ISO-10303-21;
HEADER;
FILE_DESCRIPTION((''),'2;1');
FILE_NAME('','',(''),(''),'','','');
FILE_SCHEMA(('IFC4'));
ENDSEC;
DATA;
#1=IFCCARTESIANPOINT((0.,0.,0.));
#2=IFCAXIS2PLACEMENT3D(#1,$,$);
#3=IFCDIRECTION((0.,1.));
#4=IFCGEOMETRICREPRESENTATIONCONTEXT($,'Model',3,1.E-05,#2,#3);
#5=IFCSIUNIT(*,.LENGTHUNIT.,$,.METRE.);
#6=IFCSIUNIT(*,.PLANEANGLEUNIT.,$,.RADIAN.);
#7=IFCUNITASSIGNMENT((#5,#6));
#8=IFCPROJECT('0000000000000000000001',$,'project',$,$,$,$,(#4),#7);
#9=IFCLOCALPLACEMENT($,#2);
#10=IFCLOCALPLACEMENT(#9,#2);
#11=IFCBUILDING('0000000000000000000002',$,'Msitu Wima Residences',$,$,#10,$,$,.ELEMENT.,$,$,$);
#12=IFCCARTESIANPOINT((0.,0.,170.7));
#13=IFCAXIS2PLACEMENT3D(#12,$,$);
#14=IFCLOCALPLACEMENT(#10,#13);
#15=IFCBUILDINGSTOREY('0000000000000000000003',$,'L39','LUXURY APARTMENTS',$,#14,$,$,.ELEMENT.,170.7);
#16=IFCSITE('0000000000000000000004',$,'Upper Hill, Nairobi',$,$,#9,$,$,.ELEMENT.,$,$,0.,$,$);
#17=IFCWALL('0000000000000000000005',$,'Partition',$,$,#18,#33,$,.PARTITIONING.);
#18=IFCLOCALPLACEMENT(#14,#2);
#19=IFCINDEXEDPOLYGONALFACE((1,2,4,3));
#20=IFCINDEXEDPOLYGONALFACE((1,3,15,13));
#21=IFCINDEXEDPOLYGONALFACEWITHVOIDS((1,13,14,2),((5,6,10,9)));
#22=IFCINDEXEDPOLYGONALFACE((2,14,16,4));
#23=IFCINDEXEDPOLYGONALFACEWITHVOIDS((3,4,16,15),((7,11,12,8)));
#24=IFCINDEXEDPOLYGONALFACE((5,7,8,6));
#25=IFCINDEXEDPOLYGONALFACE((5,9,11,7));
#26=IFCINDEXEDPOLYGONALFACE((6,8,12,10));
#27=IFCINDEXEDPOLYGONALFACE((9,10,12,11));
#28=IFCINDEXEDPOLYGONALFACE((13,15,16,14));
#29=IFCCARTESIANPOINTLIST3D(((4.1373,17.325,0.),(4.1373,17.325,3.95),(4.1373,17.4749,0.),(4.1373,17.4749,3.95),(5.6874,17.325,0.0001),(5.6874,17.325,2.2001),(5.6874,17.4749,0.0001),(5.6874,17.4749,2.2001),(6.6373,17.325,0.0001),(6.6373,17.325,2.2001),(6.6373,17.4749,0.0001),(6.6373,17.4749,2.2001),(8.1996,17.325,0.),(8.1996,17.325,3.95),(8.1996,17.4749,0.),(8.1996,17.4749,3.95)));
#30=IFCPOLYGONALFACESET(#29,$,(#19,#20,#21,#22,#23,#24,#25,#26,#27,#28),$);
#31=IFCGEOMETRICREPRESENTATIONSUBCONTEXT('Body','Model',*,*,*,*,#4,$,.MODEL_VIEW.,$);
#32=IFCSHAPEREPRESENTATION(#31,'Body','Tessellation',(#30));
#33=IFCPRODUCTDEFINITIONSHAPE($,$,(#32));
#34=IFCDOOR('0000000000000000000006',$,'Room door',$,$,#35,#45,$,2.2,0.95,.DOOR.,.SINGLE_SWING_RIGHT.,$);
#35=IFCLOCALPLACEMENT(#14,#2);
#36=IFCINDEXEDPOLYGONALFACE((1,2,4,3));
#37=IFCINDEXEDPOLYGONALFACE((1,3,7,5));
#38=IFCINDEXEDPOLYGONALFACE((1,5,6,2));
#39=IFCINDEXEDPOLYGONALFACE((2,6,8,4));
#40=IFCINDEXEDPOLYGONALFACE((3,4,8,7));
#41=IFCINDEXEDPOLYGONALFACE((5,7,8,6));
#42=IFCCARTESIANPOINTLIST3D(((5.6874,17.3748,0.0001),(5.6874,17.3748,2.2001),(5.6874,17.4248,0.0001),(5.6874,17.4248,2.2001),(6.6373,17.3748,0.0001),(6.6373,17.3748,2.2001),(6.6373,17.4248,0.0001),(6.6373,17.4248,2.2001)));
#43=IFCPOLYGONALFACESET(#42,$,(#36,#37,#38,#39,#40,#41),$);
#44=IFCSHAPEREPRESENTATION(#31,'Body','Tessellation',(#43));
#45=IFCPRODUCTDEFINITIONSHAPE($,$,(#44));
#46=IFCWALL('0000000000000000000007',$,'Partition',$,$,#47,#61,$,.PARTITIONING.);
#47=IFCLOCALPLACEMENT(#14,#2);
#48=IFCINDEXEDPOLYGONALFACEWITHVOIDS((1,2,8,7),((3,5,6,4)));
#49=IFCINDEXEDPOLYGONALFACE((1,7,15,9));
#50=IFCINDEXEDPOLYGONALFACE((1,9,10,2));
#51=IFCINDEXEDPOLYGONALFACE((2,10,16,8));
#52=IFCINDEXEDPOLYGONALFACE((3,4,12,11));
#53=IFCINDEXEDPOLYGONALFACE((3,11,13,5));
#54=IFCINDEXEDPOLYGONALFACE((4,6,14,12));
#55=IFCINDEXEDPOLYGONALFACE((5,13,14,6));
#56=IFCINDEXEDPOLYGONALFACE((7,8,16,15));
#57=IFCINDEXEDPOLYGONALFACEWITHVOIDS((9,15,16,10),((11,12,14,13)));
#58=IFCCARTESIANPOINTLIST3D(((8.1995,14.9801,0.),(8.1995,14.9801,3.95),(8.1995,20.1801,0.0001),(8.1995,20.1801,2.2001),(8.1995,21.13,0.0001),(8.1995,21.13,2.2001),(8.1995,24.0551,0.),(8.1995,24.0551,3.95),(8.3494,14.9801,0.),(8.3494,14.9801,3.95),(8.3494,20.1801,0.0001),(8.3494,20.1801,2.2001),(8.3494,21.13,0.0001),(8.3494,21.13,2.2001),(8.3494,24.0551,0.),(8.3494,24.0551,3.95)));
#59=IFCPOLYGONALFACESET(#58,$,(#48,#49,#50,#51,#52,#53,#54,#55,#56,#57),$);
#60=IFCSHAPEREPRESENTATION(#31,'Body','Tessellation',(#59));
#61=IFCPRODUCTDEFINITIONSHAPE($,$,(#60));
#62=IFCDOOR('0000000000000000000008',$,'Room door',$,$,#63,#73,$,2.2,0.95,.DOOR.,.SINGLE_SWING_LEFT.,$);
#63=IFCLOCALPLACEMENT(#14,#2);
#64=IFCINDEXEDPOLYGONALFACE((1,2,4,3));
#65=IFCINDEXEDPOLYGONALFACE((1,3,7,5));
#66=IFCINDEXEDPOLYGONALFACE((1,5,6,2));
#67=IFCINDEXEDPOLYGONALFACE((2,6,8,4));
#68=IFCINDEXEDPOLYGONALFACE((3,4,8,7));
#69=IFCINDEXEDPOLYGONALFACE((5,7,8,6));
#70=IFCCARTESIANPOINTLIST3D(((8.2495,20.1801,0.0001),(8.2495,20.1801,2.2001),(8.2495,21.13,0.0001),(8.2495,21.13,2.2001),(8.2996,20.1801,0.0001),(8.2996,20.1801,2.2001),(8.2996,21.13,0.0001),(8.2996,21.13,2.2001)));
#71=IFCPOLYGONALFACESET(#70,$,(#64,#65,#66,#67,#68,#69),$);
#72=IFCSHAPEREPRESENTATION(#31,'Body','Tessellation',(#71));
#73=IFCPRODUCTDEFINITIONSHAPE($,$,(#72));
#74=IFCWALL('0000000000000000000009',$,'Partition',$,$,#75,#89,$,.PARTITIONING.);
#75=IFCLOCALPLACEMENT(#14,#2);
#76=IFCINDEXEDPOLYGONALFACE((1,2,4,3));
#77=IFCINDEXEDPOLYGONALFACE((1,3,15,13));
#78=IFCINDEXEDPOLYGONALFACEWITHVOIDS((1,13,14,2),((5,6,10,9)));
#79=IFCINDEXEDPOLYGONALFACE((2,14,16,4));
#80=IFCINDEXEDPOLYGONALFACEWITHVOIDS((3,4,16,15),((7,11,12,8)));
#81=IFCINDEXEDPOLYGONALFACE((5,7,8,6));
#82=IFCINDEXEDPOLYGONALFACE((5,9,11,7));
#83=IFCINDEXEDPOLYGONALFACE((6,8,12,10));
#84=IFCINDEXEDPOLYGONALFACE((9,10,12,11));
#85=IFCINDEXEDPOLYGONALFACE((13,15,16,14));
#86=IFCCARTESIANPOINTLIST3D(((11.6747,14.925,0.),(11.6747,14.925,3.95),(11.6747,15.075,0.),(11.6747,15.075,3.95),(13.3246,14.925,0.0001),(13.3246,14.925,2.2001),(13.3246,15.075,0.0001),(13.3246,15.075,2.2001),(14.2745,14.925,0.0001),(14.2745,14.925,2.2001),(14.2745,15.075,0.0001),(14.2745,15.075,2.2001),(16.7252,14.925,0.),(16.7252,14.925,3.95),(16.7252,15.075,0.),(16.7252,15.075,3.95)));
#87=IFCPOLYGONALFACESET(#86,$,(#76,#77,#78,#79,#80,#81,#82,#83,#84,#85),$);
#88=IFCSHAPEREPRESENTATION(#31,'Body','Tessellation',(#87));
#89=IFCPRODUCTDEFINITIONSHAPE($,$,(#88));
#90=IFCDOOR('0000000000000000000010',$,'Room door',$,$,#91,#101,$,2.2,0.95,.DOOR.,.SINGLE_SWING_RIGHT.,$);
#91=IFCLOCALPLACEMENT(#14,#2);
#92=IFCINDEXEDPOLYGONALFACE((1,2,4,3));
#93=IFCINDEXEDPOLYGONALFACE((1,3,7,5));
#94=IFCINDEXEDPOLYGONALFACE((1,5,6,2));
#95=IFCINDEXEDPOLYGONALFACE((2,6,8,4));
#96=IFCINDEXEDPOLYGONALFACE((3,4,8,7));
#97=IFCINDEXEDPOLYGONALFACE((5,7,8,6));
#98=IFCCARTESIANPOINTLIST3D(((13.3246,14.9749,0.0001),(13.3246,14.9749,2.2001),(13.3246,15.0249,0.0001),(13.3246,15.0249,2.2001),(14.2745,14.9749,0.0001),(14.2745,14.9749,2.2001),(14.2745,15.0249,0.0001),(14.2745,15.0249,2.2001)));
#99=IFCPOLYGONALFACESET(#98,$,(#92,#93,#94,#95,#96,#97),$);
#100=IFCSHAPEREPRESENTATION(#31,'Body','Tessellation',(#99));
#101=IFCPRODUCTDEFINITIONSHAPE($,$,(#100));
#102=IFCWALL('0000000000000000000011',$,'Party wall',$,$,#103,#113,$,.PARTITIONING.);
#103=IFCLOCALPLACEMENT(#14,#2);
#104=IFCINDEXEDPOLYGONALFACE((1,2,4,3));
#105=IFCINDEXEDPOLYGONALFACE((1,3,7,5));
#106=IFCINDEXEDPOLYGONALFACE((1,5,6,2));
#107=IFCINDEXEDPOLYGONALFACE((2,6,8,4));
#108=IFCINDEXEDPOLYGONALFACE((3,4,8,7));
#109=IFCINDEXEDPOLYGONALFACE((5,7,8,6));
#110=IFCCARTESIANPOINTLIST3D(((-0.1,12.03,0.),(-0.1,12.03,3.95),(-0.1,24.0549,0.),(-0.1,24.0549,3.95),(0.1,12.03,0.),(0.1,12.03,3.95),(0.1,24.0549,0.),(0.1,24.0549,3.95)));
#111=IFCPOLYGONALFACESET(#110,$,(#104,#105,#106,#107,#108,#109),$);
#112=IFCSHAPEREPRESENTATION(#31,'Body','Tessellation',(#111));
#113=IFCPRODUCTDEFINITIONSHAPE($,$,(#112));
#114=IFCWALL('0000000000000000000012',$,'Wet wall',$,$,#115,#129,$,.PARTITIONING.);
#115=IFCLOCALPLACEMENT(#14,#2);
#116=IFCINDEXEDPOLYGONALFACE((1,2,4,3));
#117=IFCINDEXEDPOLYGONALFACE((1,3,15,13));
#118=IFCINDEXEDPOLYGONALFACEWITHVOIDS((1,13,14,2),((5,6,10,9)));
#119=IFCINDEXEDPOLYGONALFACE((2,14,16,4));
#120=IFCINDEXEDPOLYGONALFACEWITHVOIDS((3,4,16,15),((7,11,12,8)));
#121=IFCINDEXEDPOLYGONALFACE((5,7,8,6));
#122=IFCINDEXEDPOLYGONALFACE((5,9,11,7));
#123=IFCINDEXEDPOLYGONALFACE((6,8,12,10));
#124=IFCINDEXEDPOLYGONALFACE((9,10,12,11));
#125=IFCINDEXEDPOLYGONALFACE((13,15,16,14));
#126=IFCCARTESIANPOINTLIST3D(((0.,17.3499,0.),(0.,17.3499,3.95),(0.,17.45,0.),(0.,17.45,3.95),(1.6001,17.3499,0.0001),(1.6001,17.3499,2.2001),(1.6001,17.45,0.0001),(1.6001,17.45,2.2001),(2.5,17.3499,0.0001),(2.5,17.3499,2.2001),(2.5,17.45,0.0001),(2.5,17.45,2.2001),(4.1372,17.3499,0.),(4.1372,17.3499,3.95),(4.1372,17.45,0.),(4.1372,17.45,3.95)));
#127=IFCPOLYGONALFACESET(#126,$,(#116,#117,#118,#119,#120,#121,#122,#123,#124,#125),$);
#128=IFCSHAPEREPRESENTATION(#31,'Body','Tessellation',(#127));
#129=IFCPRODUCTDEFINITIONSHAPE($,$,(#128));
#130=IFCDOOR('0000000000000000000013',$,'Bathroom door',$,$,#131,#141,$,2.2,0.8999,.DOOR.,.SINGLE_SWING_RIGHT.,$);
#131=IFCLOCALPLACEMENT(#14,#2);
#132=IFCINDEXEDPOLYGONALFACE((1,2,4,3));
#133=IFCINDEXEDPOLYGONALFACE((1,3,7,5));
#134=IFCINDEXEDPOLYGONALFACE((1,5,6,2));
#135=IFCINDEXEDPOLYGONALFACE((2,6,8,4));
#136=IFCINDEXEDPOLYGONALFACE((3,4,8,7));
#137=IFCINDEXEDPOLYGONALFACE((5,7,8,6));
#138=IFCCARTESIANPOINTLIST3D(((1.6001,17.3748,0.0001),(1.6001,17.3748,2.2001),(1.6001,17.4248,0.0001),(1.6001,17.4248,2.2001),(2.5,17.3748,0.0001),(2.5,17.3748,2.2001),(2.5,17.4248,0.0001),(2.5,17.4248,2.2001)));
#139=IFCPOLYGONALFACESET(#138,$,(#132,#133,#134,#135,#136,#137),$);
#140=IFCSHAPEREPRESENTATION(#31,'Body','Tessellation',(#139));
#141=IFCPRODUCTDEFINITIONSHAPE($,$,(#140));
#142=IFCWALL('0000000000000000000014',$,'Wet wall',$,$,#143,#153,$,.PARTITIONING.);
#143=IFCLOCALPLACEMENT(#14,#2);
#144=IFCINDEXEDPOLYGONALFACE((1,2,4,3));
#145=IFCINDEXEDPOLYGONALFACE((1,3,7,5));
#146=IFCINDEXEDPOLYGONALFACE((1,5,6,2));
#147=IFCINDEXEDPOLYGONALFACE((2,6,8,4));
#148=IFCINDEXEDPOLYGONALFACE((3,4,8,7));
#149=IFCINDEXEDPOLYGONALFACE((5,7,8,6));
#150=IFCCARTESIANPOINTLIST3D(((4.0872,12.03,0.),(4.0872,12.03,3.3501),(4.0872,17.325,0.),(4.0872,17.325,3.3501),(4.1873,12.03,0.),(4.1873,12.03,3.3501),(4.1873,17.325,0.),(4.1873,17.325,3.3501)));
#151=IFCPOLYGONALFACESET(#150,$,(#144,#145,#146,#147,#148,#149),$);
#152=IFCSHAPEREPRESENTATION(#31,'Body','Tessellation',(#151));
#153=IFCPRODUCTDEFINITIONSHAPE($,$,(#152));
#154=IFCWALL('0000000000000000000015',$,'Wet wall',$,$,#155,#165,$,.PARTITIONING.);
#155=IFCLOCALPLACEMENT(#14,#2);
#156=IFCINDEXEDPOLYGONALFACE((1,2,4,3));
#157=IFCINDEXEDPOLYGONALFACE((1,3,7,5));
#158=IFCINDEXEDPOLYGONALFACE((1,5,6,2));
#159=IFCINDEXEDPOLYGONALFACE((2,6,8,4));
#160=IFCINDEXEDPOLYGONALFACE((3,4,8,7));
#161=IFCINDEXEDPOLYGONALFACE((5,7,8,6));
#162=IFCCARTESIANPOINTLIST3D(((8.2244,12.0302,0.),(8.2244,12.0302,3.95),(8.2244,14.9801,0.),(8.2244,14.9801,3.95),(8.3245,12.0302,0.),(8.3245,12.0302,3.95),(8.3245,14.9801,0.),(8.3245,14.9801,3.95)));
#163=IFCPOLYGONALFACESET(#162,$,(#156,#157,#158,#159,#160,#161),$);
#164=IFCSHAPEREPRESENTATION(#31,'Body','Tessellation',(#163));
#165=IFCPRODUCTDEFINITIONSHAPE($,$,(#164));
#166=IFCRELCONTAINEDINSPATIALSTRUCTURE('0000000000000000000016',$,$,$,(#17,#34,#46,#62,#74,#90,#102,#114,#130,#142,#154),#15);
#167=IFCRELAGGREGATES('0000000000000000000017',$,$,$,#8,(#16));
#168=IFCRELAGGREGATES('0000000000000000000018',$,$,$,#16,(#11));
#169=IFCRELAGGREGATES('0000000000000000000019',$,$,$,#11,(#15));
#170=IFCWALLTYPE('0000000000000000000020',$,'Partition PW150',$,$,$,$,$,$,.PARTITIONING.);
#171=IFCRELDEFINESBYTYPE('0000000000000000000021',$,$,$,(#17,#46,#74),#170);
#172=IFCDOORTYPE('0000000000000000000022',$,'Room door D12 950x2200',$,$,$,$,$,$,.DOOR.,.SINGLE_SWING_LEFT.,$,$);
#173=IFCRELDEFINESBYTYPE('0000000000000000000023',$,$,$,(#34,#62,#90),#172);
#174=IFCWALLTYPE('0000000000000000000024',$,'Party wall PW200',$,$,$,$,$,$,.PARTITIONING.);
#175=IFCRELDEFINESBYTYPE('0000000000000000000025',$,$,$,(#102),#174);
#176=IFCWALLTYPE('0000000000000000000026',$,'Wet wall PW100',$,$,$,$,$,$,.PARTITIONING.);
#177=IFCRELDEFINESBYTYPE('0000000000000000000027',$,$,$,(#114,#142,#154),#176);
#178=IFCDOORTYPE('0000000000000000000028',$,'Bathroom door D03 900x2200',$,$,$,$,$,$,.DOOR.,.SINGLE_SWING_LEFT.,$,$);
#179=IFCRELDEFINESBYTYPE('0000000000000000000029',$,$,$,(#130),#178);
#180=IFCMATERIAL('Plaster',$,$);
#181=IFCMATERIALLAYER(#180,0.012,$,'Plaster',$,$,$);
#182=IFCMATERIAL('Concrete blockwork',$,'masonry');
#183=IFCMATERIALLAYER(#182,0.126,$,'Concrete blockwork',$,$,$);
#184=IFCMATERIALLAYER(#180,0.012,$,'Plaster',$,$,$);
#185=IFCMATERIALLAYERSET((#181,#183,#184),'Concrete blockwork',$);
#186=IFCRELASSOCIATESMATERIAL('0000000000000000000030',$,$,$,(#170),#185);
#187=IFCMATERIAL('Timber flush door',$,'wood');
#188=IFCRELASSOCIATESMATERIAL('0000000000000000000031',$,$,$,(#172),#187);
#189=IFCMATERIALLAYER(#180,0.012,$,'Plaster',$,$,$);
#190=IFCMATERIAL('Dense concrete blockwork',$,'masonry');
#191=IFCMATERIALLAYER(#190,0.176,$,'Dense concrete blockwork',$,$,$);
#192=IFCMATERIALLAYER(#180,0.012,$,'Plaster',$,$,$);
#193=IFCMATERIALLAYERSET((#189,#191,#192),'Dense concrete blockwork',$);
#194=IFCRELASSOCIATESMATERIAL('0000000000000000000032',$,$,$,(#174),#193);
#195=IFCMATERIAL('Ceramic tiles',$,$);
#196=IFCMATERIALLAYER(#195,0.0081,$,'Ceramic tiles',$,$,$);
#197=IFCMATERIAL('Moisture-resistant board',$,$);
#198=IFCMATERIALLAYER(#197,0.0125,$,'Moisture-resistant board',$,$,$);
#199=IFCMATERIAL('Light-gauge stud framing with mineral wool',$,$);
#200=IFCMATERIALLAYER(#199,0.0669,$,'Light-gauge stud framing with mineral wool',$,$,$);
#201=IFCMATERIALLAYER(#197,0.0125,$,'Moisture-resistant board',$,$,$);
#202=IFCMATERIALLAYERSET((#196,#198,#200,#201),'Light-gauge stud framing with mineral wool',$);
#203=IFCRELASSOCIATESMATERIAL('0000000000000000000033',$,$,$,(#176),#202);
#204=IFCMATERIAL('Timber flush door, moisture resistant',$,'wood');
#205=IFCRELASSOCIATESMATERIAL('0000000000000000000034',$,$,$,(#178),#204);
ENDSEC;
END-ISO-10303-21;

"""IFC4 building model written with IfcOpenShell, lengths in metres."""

from ifc_helpers import new_model, si_unit, direction, frame, frame_2d, origin, place, context, subcontext, project, spatial, rectangle, extrude, material, layer, layer_set, type_object, element, fill, save


model = new_model("IFC4")

# Units and contexts
model_context = context("Model", 3, precision=1e-05, world=origin(), true_north=direction((0.0, 1.0)))
body_context = subcontext(model_context, "Body", "Model", "MODEL_VIEW")
ifc_project = project(units=[si_unit("LENGTHUNIT", "METRE"), si_unit("PLANEANGLEUNIT", "RADIAN")], contexts=[model_context])

# Site, building, storey
site_placement = place(None, origin())
site = spatial("IfcSite", under=ifc_project, at=site_placement, Name="Upper Hill, Nairobi", CompositionType="ELEMENT", RefElevation=0.0)
building_placement = place(site_placement, origin())
building = spatial("IfcBuilding", under=site, at=building_placement, Name="Msitu Wima Residences", CompositionType="ELEMENT")
storey_placement = place(building_placement, frame((0.0, 0.0, 170.7)))
storey = spatial("IfcBuildingStorey", under=building, at=storey_placement, Name="L39", Description="LUXURY APARTMENTS", CompositionType="ELEMENT", Elevation=170.7)

# Walls, openings, doors
ifc_material_1 = material(Name="Plaster")
ifc_layer_1 = layer(ifc_material_1, 0.012, Name="Plaster")
ifc_material_2 = material(Name="Concrete blockwork", Category="masonry")
ifc_layer_2 = layer(ifc_material_2, 0.126, Name="Concrete blockwork")
ifc_layer_3 = layer(ifc_material_1, 0.012, Name="Plaster")
ifc_layer_set_1 = layer_set([ifc_layer_1, ifc_layer_2, ifc_layer_3], Name="Concrete blockwork")
wall_type_1 = type_object("IfcWallType", Name="Partition PW150", PredefinedType="PARTITIONING", material=ifc_layer_set_1)
wall_1_placement = place(storey_placement, frame((4.1372, 17.3999, 0.0), z_axis=(0.0, 0.0, 1.0), x_axis=(1.0, 0.0, 0.0)))
wall_1 = element("IfcWall", 1, at=wall_1_placement, inside=storey, type_object=wall_type_1, Name="Partition", PredefinedType="PARTITIONING", context=body_context, shape_type="SweptSolid", body=[
    extrude(rectangle(XDim=4.0623, YDim=0.1499, at=frame_2d((2.0312, 0.0))), origin(), (0.0, 0.0, 1.0), 3.95),
])
opening_1_placement = place(wall_1_placement, frame((1.55, 0.0, 0.0)))
opening_1 = element("IfcOpeningElement", 2, at=opening_1_placement, cuts=wall_1, PredefinedType="OPENING", context=body_context, shape_type="SweptSolid", body=[
    extrude(rectangle(XDim=0.95, YDim=2.2, at=frame_2d((0.4751, 1.1001))), frame((0.0, 0.085, 0.0), z_axis=(0.0, -1.0, 0.0), x_axis=(1.0, 0.0, 0.0)), (0.0, 0.0, 1.0), 0.1699),
])
ifc_material_3 = material(Name="Timber flush door", Category="wood")
door_type_1 = type_object("IfcDoorType", Name="Room door D12 950x2200", OperationType="SINGLE_SWING_LEFT", PredefinedType="DOOR", material=ifc_material_3)
door_1_placement = place(opening_1_placement, origin())
door_1 = element("IfcDoor", 3, at=door_1_placement, inside=storey, type_object=door_type_1, Name="Room door", OperationType="SINGLE_SWING_RIGHT", OverallHeight=2.2, OverallWidth=0.95, PredefinedType="DOOR", context=body_context, shape_type="SweptSolid", body=[
    extrude(rectangle(XDim=0.95, YDim=2.2, at=frame_2d((0.4751, 1.1001))), frame((0.0, 0.0249, 0.0), z_axis=(0.0, -1.0, 0.0), x_axis=(1.0, 0.0, 0.0)), (0.0, 0.0, 1.0), 0.05),
])
fill(opening_1, door_1)
wall_2_placement = place(storey_placement, frame((8.2744, 14.98, 0.0), z_axis=(0.0, 0.0, 1.0), x_axis=(0.0, 1.0, 0.0)))
wall_2 = element("IfcWall", 4, at=wall_2_placement, inside=storey, type_object=wall_type_1, Name="Partition", PredefinedType="PARTITIONING", context=body_context, shape_type="SweptSolid", body=[
    extrude(rectangle(XDim=9.075, YDim=0.1499, at=frame_2d((4.5376, 0.0))), origin(), (0.0, 0.0, 1.0), 3.95),
])
opening_2_placement = place(wall_2_placement, frame((5.2, 0.0, 0.0)))
opening_2 = element("IfcOpeningElement", 5, at=opening_2_placement, cuts=wall_2, PredefinedType="OPENING", context=body_context, shape_type="SweptSolid", body=[
    extrude(rectangle(XDim=0.95, YDim=2.2, at=frame_2d((0.4751, 1.1001))), frame((0.0, 0.085, 0.0), z_axis=(0.0, -1.0, 0.0), x_axis=(1.0, 0.0, 0.0)), (0.0, 0.0, 1.0), 0.1699),
])
door_2_placement = place(opening_2_placement, origin())
door_2 = element("IfcDoor", 6, at=door_2_placement, inside=storey, type_object=door_type_1, Name="Room door", OperationType="SINGLE_SWING_LEFT", OverallHeight=2.2, OverallWidth=0.95, PredefinedType="DOOR", context=body_context, shape_type="SweptSolid", body=[
    extrude(rectangle(XDim=0.95, YDim=2.2, at=frame_2d((0.4751, 1.1001))), frame((0.0, 0.0249, 0.0), z_axis=(0.0, -1.0, 0.0), x_axis=(1.0, 0.0, 0.0)), (0.0, 0.0, 1.0), 0.05),
])
fill(opening_2, door_2)
wall_3_placement = place(storey_placement, frame((11.6746, 15.0, 0.0), z_axis=(0.0, 0.0, 1.0), x_axis=(1.0, 0.0, 0.0)))
wall_3 = element("IfcWall", 7, at=wall_3_placement, inside=storey, type_object=wall_type_1, Name="Partition", PredefinedType="PARTITIONING", context=body_context, shape_type="SweptSolid", body=[
    extrude(rectangle(XDim=5.0505, YDim=0.1499, at=frame_2d((2.5254, 0.0))), origin(), (0.0, 0.0, 1.0), 3.95),
])
opening_3_placement = place(wall_3_placement, frame((1.6499, 0.0, 0.0)))
opening_3 = element("IfcOpeningElement", 8, at=opening_3_placement, cuts=wall_3, PredefinedType="OPENING", context=body_context, shape_type="SweptSolid", body=[
    extrude(rectangle(XDim=0.95, YDim=2.2, at=frame_2d((0.4751, 1.1001))), frame((0.0, 0.085, 0.0), z_axis=(0.0, -1.0, 0.0), x_axis=(1.0, 0.0, 0.0)), (0.0, 0.0, 1.0), 0.1699),
])
door_3_placement = place(opening_3_placement, origin())
door_3 = element("IfcDoor", 9, at=door_3_placement, inside=storey, type_object=door_type_1, Name="Room door", OperationType="SINGLE_SWING_RIGHT", OverallHeight=2.2, OverallWidth=0.95, PredefinedType="DOOR", context=body_context, shape_type="SweptSolid", body=[
    extrude(rectangle(XDim=0.95, YDim=2.2, at=frame_2d((0.4751, 1.1001))), frame((0.0, 0.0249, 0.0), z_axis=(0.0, -1.0, 0.0), x_axis=(1.0, 0.0, 0.0)), (0.0, 0.0, 1.0), 0.05),
])
fill(opening_3, door_3)

# Wall
ifc_layer_4 = layer(ifc_material_1, 0.012, Name="Plaster")
ifc_material_4 = material(Name="Dense concrete blockwork", Category="masonry")
ifc_layer_5 = layer(ifc_material_4, 0.176, Name="Dense concrete blockwork")
ifc_layer_6 = layer(ifc_material_1, 0.012, Name="Plaster")
ifc_layer_set_2 = layer_set([ifc_layer_4, ifc_layer_5, ifc_layer_6], Name="Dense concrete blockwork")
wall_type_2 = type_object("IfcWallType", Name="Party wall PW200", PredefinedType="PARTITIONING", material=ifc_layer_set_2)
wall_4_placement = place(storey_placement, frame((0.0, 12.03, 0.0), z_axis=(0.0, 0.0, 1.0), x_axis=(0.0, 1.0, 0.0)))
element("IfcWall", 10, at=wall_4_placement, inside=storey, type_object=wall_type_2, Name="Party wall", PredefinedType="PARTITIONING", context=body_context, shape_type="SweptSolid", body=[
    extrude(rectangle(XDim=12.0249, YDim=0.2, at=frame_2d((6.0125, 0.0))), origin(), (0.0, 0.0, 1.0), 3.95),
])

# Wall, opening, door
ifc_material_5 = material(Name="Ceramic tiles")
ifc_layer_7 = layer(ifc_material_5, 0.0081, Name="Ceramic tiles")
ifc_material_6 = material(Name="Moisture-resistant board")
ifc_layer_8 = layer(ifc_material_6, 0.0125, Name="Moisture-resistant board")
ifc_material_7 = material(Name="Light-gauge stud framing with mineral wool")
ifc_layer_9 = layer(ifc_material_7, 0.0669, Name="Light-gauge stud framing with mineral wool")
ifc_layer_10 = layer(ifc_material_6, 0.0125, Name="Moisture-resistant board")
ifc_layer_set_3 = layer_set([ifc_layer_7, ifc_layer_8, ifc_layer_9, ifc_layer_10], Name="Light-gauge stud framing with mineral wool")
wall_type_3 = type_object("IfcWallType", Name="Wet wall PW100", PredefinedType="PARTITIONING", material=ifc_layer_set_3)
wall_5_placement = place(storey_placement, frame((0.0, 17.3999, 0.0), z_axis=(0.0, 0.0, 1.0), x_axis=(1.0, 0.0, 0.0)))
wall_5 = element("IfcWall", 11, at=wall_5_placement, inside=storey, type_object=wall_type_3, Name="Wet wall", PredefinedType="PARTITIONING", context=body_context, shape_type="SweptSolid", body=[
    extrude(rectangle(XDim=4.1372, YDim=0.1001, at=frame_2d((2.0686, 0.0))), origin(), (0.0, 0.0, 1.0), 3.95),
])
opening_4_placement = place(wall_5_placement, frame((1.6001, 0.0, 0.0)))
opening_4 = element("IfcOpeningElement", 12, at=opening_4_placement, cuts=wall_5, PredefinedType="OPENING", context=body_context, shape_type="SweptSolid", body=[
    extrude(rectangle(XDim=0.8999, YDim=2.2, at=frame_2d((0.45, 1.1001))), frame((0.0, 0.0601, 0.0), z_axis=(0.0, -1.0, 0.0), x_axis=(1.0, 0.0, 0.0)), (0.0, 0.0, 1.0), 0.1201),
])
ifc_material_8 = material(Name="Timber flush door, moisture resistant", Category="wood")
door_type_2 = type_object("IfcDoorType", Name="Bathroom door D03 900x2200", OperationType="SINGLE_SWING_LEFT", PredefinedType="DOOR", material=ifc_material_8)
door_4_placement = place(opening_4_placement, origin())
door_4 = element("IfcDoor", 13, at=door_4_placement, inside=storey, type_object=door_type_2, Name="Bathroom door", OperationType="SINGLE_SWING_RIGHT", OverallHeight=2.2, OverallWidth=0.8999, PredefinedType="DOOR", context=body_context, shape_type="SweptSolid", body=[
    extrude(rectangle(XDim=0.8999, YDim=2.2, at=frame_2d((0.45, 1.1001))), frame((0.0, 0.0249, 0.0), z_axis=(0.0, -1.0, 0.0), x_axis=(1.0, 0.0, 0.0)), (0.0, 0.0, 1.0), 0.05),
])
fill(opening_4, door_4)

# Walls
wall_6_placement = place(storey_placement, frame((4.1372, 12.03, 0.0), z_axis=(0.0, 0.0, 1.0), x_axis=(0.0, 1.0, 0.0)))
element("IfcWall", 14, at=wall_6_placement, inside=storey, type_object=wall_type_3, Name="Wet wall", PredefinedType="PARTITIONING", context=body_context, shape_type="SweptSolid", body=[
    extrude(rectangle(XDim=5.2949, YDim=0.1001, at=frame_2d((2.6475, 0.0))), origin(), (0.0, 0.0, 1.0), 3.3501),
])
wall_7_placement = place(storey_placement, frame((8.2744, 12.03, 0.0), z_axis=(0.0, 0.0, 1.0), x_axis=(0.0, 1.0, 0.0)))
element("IfcWall", 15, at=wall_7_placement, inside=storey, type_object=wall_type_3, Name="Wet wall", PredefinedType="PARTITIONING", context=body_context, shape_type="SweptSolid", body=[
    extrude(rectangle(XDim=2.95, YDim=0.1001, at=frame_2d((1.4751, 0.0))), origin(), (0.0, 0.0, 1.0), 3.95),
])

save(model, "model.ifc")
